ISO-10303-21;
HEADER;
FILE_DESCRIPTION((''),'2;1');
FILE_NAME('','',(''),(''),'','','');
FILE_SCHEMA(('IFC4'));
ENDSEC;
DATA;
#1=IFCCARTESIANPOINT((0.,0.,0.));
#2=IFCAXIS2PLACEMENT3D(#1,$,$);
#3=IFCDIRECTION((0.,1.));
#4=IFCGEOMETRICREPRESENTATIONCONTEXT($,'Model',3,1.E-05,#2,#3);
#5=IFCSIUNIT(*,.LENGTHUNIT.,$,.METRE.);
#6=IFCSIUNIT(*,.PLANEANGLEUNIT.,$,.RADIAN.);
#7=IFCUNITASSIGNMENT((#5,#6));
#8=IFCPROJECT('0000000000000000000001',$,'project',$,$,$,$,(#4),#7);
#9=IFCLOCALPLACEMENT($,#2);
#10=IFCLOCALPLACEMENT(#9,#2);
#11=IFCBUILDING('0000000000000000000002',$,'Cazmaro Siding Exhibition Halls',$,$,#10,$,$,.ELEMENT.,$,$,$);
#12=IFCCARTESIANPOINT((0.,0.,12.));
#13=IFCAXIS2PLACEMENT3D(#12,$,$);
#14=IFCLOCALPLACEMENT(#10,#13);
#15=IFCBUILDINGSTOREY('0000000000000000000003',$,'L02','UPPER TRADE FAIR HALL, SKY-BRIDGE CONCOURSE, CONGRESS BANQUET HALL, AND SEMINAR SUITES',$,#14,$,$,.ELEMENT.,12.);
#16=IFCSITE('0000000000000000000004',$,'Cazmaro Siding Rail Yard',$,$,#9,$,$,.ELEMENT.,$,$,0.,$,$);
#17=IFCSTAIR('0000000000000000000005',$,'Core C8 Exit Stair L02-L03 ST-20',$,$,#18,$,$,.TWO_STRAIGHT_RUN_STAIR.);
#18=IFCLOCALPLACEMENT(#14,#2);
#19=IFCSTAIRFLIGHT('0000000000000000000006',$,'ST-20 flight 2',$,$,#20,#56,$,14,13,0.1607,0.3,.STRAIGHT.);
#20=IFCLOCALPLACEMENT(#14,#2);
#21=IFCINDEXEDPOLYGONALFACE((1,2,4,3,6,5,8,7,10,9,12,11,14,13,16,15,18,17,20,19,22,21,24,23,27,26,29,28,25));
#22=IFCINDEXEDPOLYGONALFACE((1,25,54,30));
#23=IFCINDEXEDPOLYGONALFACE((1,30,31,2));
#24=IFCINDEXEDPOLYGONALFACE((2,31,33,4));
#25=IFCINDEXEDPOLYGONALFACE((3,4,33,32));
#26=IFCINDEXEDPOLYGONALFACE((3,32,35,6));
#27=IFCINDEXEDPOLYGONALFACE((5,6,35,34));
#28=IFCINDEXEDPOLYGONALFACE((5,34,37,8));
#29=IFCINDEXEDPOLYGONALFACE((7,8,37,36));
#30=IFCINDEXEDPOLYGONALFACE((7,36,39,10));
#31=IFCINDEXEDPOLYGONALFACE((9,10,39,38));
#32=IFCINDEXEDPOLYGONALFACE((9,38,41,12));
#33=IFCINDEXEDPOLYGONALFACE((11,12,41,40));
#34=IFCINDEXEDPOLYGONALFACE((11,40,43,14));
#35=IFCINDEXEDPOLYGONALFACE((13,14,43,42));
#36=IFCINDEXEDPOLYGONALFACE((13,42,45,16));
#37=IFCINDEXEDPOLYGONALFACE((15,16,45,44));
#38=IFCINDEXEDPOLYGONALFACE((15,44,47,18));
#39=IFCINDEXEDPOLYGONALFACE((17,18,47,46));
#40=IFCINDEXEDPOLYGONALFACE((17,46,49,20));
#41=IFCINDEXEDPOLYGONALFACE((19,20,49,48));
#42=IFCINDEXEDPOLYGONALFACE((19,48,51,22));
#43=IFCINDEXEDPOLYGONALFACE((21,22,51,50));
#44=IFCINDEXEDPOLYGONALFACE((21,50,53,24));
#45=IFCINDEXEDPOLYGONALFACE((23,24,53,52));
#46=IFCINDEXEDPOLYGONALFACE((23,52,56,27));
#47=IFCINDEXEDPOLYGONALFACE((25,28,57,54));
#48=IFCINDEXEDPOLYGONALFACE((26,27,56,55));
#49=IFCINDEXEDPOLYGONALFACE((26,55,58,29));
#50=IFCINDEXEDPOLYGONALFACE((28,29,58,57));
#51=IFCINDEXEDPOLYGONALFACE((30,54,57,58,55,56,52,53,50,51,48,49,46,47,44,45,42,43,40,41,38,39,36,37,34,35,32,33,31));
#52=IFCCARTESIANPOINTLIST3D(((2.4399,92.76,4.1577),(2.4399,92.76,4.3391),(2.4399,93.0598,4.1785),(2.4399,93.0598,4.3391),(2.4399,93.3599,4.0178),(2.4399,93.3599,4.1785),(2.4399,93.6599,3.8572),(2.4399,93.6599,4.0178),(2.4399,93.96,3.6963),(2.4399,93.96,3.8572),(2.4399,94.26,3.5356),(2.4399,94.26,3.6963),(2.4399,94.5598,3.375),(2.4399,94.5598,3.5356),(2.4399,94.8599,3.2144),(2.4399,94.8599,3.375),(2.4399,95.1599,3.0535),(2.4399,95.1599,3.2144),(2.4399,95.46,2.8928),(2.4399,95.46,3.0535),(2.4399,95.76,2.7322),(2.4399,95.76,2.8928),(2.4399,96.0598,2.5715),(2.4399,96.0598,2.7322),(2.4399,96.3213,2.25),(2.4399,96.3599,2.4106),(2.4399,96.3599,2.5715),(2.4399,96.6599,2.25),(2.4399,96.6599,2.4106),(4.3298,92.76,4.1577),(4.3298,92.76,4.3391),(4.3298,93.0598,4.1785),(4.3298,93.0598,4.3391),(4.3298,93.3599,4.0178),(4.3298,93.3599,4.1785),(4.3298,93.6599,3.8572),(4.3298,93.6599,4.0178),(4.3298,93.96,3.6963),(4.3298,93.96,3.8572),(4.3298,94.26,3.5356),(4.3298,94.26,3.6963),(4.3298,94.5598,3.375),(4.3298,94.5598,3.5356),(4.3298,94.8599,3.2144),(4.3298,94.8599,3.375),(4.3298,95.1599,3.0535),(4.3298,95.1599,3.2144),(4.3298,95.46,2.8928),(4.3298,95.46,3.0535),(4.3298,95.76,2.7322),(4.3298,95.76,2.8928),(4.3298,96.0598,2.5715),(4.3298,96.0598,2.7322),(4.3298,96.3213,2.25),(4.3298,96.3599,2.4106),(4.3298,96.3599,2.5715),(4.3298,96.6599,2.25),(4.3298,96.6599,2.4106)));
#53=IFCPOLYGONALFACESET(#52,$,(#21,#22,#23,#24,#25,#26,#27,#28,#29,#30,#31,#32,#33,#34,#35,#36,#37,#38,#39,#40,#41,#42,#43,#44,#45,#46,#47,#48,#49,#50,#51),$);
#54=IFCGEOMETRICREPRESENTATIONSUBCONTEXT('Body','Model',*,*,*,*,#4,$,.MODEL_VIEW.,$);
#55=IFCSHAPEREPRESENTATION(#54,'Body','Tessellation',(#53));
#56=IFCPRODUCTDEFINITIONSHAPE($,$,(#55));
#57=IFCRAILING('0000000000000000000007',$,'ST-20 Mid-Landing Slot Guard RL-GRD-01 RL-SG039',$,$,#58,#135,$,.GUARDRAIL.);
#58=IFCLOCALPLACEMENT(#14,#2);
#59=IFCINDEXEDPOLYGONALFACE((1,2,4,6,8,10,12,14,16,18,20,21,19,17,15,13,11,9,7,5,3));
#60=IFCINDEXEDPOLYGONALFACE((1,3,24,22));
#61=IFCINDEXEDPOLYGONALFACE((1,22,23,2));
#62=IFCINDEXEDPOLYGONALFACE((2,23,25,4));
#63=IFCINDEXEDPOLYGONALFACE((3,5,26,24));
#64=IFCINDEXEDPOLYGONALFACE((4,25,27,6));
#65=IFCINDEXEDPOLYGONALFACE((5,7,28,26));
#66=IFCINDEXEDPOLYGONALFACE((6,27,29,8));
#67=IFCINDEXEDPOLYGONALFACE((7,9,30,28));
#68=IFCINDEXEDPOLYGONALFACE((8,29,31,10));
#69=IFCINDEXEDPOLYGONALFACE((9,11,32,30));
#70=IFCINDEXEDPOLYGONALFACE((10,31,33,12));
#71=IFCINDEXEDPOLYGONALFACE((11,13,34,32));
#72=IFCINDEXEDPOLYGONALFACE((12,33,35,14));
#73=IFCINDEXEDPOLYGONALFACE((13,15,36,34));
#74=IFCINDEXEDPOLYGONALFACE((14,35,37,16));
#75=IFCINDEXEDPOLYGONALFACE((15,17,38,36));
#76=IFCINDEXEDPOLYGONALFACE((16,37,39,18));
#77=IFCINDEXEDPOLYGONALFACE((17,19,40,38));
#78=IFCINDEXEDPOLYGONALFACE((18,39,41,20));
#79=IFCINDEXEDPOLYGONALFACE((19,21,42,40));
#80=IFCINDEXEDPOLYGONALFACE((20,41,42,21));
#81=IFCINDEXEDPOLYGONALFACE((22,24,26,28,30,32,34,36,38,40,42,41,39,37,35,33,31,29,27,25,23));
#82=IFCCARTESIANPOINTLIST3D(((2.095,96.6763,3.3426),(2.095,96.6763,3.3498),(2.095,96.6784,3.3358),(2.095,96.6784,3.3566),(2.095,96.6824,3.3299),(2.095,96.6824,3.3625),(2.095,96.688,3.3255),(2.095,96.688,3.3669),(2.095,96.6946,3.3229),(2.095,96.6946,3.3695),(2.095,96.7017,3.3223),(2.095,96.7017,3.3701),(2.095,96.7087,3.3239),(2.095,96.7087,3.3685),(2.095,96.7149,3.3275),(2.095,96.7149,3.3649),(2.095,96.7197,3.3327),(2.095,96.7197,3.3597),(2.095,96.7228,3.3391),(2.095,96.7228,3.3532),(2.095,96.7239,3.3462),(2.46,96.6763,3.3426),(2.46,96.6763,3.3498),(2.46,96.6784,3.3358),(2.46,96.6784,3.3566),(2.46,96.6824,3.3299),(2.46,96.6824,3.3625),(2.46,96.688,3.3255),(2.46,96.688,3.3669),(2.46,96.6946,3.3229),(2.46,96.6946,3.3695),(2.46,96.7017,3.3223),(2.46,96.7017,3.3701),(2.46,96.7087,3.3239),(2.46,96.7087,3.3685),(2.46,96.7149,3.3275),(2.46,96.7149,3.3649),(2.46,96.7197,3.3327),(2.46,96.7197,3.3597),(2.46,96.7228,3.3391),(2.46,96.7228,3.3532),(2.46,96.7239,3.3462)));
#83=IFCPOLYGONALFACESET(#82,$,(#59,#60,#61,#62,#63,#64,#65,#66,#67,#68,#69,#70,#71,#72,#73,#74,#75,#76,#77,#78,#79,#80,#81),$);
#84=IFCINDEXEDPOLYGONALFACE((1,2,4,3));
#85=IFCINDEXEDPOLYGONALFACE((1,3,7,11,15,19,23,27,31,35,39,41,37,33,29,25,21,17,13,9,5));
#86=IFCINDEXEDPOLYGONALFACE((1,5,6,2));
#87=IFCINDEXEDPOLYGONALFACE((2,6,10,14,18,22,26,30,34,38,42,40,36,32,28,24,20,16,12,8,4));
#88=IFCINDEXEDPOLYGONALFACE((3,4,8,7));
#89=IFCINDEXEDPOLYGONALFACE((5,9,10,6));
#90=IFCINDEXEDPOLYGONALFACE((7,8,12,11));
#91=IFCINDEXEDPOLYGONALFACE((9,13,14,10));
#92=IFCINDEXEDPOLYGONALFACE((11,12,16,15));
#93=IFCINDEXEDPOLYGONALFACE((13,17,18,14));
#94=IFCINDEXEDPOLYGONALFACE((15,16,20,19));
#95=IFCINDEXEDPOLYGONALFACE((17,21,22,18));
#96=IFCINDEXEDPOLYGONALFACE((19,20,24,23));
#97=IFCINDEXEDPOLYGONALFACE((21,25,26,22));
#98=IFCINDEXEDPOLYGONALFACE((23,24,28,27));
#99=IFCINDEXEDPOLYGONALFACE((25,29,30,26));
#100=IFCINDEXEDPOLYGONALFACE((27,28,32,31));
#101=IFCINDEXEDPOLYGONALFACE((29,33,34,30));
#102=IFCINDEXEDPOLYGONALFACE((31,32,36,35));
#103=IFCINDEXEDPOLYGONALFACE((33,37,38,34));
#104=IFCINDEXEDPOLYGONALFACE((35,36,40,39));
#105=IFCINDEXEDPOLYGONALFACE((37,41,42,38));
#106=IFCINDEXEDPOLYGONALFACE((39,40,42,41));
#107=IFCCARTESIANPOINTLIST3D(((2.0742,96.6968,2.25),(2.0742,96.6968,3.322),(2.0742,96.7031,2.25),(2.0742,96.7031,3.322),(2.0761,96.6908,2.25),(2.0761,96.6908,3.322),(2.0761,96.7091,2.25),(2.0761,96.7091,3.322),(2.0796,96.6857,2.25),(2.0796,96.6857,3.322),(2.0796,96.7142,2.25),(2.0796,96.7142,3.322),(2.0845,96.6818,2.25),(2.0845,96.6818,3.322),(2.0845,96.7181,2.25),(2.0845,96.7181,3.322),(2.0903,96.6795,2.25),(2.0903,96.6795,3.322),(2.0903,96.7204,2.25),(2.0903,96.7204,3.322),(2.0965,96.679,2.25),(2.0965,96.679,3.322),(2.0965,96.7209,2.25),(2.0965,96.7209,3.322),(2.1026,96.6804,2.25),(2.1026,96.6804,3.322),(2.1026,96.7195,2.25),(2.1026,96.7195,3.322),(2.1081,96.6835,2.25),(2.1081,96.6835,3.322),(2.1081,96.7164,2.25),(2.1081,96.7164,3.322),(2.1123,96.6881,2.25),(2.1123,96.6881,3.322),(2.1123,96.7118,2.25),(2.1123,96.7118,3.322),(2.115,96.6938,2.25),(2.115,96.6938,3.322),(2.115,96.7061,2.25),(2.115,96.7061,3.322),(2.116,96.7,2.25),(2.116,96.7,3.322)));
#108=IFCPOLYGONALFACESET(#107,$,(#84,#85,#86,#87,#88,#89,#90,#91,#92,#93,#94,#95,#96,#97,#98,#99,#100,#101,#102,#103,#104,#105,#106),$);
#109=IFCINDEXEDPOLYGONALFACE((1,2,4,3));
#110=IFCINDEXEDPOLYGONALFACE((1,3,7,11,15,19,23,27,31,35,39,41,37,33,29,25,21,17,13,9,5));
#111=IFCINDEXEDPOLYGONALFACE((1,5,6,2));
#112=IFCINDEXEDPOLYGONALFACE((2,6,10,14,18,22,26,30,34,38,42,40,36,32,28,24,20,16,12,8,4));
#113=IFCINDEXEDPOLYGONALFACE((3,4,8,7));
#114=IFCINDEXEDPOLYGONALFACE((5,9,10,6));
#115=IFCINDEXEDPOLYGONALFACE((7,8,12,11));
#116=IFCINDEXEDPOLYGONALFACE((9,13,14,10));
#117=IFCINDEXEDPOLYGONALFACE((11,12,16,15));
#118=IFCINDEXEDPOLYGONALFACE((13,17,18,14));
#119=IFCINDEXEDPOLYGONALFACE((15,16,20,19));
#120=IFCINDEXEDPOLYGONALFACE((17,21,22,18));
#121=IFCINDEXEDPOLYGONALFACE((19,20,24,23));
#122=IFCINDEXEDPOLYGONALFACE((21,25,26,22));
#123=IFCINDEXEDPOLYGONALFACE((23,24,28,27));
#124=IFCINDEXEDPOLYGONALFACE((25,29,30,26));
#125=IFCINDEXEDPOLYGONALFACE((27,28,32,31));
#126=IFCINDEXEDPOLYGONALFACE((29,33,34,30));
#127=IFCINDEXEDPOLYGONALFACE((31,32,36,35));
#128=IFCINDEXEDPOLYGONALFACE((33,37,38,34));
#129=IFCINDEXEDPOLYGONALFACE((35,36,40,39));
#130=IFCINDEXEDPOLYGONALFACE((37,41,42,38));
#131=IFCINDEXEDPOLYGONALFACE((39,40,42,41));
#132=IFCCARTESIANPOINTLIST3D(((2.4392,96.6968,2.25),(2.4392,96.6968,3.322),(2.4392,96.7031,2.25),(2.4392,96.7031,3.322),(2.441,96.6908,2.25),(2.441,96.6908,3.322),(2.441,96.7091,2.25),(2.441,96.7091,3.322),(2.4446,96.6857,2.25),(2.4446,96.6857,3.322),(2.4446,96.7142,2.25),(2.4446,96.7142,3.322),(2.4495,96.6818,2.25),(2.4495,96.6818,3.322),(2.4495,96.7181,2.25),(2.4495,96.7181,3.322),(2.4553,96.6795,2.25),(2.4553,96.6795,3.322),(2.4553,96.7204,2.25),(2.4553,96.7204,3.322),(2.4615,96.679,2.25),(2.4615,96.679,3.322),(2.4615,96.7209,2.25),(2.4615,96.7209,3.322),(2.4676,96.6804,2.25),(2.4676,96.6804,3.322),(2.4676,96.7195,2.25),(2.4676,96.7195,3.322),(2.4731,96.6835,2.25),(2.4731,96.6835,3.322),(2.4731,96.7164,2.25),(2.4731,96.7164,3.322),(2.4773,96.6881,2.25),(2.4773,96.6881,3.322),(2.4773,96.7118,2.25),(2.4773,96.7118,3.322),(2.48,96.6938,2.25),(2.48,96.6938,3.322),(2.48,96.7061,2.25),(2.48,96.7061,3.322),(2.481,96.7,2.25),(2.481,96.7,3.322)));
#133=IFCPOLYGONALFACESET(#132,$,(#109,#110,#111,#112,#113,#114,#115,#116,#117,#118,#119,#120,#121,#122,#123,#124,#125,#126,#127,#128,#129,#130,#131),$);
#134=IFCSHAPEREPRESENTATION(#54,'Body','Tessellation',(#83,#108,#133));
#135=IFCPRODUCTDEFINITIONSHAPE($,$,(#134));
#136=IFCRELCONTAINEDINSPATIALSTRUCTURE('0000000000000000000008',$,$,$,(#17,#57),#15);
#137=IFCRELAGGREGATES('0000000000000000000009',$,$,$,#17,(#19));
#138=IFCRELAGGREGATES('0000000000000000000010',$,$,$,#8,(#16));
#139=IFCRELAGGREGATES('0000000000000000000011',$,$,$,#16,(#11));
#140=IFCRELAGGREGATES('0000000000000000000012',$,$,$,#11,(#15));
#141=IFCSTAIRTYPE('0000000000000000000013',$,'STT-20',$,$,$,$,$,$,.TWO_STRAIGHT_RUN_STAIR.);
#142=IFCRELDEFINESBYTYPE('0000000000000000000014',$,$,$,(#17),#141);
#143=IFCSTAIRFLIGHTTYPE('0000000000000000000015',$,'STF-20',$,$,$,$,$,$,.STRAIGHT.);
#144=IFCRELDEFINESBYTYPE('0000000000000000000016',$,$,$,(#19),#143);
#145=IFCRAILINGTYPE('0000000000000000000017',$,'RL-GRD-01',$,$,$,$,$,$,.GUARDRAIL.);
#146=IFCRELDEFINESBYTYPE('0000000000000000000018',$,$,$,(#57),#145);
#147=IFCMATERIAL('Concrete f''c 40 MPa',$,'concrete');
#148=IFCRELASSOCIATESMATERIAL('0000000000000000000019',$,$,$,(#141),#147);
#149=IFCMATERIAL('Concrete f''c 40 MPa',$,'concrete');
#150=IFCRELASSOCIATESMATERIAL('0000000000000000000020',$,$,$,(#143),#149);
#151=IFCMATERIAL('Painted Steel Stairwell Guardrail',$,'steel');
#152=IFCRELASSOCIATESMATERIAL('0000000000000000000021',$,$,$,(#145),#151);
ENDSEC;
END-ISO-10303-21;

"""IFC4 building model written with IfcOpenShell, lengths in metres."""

from ifc_helpers import new_model, si_unit, direction, frame, origin, origin_2d, place, context, subcontext, project, spatial, polyline, circle, outline, extrude, material, type_object, element, aggregate, save


model = new_model("IFC4")

# Units and contexts
model_context = context("Model", 3, precision=1e-05, world=origin(), true_north=direction((0.0, 1.0)))
body_context = subcontext(model_context, "Body", "Model", "MODEL_VIEW")
ifc_project = project(units=[si_unit("LENGTHUNIT", "METRE"), si_unit("PLANEANGLEUNIT", "RADIAN")], contexts=[model_context])

# Site, building, storey
site_placement = place(None, origin())
site = spatial("IfcSite", under=ifc_project, at=site_placement, Name="Cazmaro Siding Rail Yard", CompositionType="ELEMENT", RefElevation=0.0)
building_placement = place(site_placement, origin())
building = spatial("IfcBuilding", under=site, at=building_placement, Name="Cazmaro Siding Exhibition Halls", CompositionType="ELEMENT")
storey_placement = place(building_placement, frame((0.0, 0.0, 12.0)))
storey = spatial("IfcBuildingStorey", under=building, at=storey_placement, Name="L02", Description="UPPER TRADE FAIR HALL, SKY-BRIDGE CONCOURSE, CONGRESS BANQUET HALL, AND SEMINAR SUITES", CompositionType="ELEMENT", Elevation=12.0)

# Stair, stair flight
ifc_material_1 = material(Name="Concrete f'c 40 MPa", Category="concrete")
stair_type = type_object("IfcStairType", Name="STT-20", PredefinedType="TWO_STRAIGHT_RUN_STAIR", material=ifc_material_1)
stair_placement = place(storey_placement, origin())
stair = element("IfcStair", 1, at=stair_placement, inside=storey, type_object=stair_type, Name="Core C8 Exit Stair L02-L03 ST-20", PredefinedType="TWO_STRAIGHT_RUN_STAIR")
ifc_material_2 = material(Name="Concrete f'c 40 MPa", Category="concrete")
stair_flight_type = type_object("IfcStairFlightType", Name="STF-20", PredefinedType="STRAIGHT", material=ifc_material_2)
stair_flight_placement = place(storey_placement, frame((3.385, 96.6599, 2.25), z_axis=(0.0, 0.0, 1.0), x_axis=(0.0, -1.0, 0.0)))
stair_flight = element("IfcStairFlight", 2, at=stair_flight_placement, type_object=stair_flight_type, Name="ST-20 flight 2", NumberOfRisers=14, NumberOfTreads=13, PredefinedType="STRAIGHT", RiserHeight=0.1607, TreadLength=0.3, context=body_context, shape_type="SweptSolid", body=[
    extrude(outline(polyline([(0.0, 0.0), (0.0, 0.1606), (0.3, 0.1606), (0.3, 0.3215), (0.6001, 0.3215), (0.6001, 0.4822), (0.8999, 0.4822), (0.8999, 0.6428), (1.2, 0.6428), (1.2, 0.8035), (1.5, 0.8035), (1.5, 0.9644), (1.8, 0.9644), (1.8, 1.125), (2.1001, 1.125), (2.1001, 1.2856), (2.3999, 1.2856), (2.3999, 1.4463), (2.7, 1.4463), (2.7, 1.6072), (3.0, 1.6072), (3.0, 1.7678), (3.3, 1.7678), (3.3, 1.9285), (3.6001, 1.9285), (3.6001, 2.0891), (3.8999, 2.0891), (3.8999, 2.25), (3.8999, 1.9077), (0.3386, 0.0), (0.0, 0.0)])), frame((0.0, 0.9448, 0.0), z_axis=(0.0, -1.0, 0.0), x_axis=(1.0, 0.0, 0.0)), (0.0, 0.0, 1.0), 1.8899),
])
aggregate(stair, [stair_flight])

# Railing
ifc_material_3 = material(Name="Painted Steel Stairwell Guardrail", Category="steel")
railing_type_1 = type_object("IfcRailingType", Name="RL-GRD-01", PredefinedType="GUARDRAIL", material=ifc_material_3)
railing_placement = place(storey_placement, frame((2.095, 96.7, 2.25)))
element("IfcRailing", 3, at=railing_placement, inside=storey, type_object=railing_type_1, Name="ST-20 Mid-Landing Slot Guard RL-GRD-01 RL-SG039", PredefinedType="GUARDRAIL", context=body_context, shape_type="SweptSolid", body=[
    extrude(circle(Radius=0.0239, at=origin_2d()), frame((0.0, 0.0, 1.0962), z_axis=(1.0, 0.0, 0.0), x_axis=(0.0, 1.0, 0.0)), (0.0, 0.0, 1.0), 0.365),
    extrude(circle(Radius=0.021, at=origin_2d()), origin(), (0.0, 0.0, 1.0), 1.072),
    extrude(circle(Radius=0.021, at=origin_2d()), frame((0.365, 0.0, 0.0)), (0.0, 0.0, 1.0), 1.072),
])

save(model, "model.ifc")
